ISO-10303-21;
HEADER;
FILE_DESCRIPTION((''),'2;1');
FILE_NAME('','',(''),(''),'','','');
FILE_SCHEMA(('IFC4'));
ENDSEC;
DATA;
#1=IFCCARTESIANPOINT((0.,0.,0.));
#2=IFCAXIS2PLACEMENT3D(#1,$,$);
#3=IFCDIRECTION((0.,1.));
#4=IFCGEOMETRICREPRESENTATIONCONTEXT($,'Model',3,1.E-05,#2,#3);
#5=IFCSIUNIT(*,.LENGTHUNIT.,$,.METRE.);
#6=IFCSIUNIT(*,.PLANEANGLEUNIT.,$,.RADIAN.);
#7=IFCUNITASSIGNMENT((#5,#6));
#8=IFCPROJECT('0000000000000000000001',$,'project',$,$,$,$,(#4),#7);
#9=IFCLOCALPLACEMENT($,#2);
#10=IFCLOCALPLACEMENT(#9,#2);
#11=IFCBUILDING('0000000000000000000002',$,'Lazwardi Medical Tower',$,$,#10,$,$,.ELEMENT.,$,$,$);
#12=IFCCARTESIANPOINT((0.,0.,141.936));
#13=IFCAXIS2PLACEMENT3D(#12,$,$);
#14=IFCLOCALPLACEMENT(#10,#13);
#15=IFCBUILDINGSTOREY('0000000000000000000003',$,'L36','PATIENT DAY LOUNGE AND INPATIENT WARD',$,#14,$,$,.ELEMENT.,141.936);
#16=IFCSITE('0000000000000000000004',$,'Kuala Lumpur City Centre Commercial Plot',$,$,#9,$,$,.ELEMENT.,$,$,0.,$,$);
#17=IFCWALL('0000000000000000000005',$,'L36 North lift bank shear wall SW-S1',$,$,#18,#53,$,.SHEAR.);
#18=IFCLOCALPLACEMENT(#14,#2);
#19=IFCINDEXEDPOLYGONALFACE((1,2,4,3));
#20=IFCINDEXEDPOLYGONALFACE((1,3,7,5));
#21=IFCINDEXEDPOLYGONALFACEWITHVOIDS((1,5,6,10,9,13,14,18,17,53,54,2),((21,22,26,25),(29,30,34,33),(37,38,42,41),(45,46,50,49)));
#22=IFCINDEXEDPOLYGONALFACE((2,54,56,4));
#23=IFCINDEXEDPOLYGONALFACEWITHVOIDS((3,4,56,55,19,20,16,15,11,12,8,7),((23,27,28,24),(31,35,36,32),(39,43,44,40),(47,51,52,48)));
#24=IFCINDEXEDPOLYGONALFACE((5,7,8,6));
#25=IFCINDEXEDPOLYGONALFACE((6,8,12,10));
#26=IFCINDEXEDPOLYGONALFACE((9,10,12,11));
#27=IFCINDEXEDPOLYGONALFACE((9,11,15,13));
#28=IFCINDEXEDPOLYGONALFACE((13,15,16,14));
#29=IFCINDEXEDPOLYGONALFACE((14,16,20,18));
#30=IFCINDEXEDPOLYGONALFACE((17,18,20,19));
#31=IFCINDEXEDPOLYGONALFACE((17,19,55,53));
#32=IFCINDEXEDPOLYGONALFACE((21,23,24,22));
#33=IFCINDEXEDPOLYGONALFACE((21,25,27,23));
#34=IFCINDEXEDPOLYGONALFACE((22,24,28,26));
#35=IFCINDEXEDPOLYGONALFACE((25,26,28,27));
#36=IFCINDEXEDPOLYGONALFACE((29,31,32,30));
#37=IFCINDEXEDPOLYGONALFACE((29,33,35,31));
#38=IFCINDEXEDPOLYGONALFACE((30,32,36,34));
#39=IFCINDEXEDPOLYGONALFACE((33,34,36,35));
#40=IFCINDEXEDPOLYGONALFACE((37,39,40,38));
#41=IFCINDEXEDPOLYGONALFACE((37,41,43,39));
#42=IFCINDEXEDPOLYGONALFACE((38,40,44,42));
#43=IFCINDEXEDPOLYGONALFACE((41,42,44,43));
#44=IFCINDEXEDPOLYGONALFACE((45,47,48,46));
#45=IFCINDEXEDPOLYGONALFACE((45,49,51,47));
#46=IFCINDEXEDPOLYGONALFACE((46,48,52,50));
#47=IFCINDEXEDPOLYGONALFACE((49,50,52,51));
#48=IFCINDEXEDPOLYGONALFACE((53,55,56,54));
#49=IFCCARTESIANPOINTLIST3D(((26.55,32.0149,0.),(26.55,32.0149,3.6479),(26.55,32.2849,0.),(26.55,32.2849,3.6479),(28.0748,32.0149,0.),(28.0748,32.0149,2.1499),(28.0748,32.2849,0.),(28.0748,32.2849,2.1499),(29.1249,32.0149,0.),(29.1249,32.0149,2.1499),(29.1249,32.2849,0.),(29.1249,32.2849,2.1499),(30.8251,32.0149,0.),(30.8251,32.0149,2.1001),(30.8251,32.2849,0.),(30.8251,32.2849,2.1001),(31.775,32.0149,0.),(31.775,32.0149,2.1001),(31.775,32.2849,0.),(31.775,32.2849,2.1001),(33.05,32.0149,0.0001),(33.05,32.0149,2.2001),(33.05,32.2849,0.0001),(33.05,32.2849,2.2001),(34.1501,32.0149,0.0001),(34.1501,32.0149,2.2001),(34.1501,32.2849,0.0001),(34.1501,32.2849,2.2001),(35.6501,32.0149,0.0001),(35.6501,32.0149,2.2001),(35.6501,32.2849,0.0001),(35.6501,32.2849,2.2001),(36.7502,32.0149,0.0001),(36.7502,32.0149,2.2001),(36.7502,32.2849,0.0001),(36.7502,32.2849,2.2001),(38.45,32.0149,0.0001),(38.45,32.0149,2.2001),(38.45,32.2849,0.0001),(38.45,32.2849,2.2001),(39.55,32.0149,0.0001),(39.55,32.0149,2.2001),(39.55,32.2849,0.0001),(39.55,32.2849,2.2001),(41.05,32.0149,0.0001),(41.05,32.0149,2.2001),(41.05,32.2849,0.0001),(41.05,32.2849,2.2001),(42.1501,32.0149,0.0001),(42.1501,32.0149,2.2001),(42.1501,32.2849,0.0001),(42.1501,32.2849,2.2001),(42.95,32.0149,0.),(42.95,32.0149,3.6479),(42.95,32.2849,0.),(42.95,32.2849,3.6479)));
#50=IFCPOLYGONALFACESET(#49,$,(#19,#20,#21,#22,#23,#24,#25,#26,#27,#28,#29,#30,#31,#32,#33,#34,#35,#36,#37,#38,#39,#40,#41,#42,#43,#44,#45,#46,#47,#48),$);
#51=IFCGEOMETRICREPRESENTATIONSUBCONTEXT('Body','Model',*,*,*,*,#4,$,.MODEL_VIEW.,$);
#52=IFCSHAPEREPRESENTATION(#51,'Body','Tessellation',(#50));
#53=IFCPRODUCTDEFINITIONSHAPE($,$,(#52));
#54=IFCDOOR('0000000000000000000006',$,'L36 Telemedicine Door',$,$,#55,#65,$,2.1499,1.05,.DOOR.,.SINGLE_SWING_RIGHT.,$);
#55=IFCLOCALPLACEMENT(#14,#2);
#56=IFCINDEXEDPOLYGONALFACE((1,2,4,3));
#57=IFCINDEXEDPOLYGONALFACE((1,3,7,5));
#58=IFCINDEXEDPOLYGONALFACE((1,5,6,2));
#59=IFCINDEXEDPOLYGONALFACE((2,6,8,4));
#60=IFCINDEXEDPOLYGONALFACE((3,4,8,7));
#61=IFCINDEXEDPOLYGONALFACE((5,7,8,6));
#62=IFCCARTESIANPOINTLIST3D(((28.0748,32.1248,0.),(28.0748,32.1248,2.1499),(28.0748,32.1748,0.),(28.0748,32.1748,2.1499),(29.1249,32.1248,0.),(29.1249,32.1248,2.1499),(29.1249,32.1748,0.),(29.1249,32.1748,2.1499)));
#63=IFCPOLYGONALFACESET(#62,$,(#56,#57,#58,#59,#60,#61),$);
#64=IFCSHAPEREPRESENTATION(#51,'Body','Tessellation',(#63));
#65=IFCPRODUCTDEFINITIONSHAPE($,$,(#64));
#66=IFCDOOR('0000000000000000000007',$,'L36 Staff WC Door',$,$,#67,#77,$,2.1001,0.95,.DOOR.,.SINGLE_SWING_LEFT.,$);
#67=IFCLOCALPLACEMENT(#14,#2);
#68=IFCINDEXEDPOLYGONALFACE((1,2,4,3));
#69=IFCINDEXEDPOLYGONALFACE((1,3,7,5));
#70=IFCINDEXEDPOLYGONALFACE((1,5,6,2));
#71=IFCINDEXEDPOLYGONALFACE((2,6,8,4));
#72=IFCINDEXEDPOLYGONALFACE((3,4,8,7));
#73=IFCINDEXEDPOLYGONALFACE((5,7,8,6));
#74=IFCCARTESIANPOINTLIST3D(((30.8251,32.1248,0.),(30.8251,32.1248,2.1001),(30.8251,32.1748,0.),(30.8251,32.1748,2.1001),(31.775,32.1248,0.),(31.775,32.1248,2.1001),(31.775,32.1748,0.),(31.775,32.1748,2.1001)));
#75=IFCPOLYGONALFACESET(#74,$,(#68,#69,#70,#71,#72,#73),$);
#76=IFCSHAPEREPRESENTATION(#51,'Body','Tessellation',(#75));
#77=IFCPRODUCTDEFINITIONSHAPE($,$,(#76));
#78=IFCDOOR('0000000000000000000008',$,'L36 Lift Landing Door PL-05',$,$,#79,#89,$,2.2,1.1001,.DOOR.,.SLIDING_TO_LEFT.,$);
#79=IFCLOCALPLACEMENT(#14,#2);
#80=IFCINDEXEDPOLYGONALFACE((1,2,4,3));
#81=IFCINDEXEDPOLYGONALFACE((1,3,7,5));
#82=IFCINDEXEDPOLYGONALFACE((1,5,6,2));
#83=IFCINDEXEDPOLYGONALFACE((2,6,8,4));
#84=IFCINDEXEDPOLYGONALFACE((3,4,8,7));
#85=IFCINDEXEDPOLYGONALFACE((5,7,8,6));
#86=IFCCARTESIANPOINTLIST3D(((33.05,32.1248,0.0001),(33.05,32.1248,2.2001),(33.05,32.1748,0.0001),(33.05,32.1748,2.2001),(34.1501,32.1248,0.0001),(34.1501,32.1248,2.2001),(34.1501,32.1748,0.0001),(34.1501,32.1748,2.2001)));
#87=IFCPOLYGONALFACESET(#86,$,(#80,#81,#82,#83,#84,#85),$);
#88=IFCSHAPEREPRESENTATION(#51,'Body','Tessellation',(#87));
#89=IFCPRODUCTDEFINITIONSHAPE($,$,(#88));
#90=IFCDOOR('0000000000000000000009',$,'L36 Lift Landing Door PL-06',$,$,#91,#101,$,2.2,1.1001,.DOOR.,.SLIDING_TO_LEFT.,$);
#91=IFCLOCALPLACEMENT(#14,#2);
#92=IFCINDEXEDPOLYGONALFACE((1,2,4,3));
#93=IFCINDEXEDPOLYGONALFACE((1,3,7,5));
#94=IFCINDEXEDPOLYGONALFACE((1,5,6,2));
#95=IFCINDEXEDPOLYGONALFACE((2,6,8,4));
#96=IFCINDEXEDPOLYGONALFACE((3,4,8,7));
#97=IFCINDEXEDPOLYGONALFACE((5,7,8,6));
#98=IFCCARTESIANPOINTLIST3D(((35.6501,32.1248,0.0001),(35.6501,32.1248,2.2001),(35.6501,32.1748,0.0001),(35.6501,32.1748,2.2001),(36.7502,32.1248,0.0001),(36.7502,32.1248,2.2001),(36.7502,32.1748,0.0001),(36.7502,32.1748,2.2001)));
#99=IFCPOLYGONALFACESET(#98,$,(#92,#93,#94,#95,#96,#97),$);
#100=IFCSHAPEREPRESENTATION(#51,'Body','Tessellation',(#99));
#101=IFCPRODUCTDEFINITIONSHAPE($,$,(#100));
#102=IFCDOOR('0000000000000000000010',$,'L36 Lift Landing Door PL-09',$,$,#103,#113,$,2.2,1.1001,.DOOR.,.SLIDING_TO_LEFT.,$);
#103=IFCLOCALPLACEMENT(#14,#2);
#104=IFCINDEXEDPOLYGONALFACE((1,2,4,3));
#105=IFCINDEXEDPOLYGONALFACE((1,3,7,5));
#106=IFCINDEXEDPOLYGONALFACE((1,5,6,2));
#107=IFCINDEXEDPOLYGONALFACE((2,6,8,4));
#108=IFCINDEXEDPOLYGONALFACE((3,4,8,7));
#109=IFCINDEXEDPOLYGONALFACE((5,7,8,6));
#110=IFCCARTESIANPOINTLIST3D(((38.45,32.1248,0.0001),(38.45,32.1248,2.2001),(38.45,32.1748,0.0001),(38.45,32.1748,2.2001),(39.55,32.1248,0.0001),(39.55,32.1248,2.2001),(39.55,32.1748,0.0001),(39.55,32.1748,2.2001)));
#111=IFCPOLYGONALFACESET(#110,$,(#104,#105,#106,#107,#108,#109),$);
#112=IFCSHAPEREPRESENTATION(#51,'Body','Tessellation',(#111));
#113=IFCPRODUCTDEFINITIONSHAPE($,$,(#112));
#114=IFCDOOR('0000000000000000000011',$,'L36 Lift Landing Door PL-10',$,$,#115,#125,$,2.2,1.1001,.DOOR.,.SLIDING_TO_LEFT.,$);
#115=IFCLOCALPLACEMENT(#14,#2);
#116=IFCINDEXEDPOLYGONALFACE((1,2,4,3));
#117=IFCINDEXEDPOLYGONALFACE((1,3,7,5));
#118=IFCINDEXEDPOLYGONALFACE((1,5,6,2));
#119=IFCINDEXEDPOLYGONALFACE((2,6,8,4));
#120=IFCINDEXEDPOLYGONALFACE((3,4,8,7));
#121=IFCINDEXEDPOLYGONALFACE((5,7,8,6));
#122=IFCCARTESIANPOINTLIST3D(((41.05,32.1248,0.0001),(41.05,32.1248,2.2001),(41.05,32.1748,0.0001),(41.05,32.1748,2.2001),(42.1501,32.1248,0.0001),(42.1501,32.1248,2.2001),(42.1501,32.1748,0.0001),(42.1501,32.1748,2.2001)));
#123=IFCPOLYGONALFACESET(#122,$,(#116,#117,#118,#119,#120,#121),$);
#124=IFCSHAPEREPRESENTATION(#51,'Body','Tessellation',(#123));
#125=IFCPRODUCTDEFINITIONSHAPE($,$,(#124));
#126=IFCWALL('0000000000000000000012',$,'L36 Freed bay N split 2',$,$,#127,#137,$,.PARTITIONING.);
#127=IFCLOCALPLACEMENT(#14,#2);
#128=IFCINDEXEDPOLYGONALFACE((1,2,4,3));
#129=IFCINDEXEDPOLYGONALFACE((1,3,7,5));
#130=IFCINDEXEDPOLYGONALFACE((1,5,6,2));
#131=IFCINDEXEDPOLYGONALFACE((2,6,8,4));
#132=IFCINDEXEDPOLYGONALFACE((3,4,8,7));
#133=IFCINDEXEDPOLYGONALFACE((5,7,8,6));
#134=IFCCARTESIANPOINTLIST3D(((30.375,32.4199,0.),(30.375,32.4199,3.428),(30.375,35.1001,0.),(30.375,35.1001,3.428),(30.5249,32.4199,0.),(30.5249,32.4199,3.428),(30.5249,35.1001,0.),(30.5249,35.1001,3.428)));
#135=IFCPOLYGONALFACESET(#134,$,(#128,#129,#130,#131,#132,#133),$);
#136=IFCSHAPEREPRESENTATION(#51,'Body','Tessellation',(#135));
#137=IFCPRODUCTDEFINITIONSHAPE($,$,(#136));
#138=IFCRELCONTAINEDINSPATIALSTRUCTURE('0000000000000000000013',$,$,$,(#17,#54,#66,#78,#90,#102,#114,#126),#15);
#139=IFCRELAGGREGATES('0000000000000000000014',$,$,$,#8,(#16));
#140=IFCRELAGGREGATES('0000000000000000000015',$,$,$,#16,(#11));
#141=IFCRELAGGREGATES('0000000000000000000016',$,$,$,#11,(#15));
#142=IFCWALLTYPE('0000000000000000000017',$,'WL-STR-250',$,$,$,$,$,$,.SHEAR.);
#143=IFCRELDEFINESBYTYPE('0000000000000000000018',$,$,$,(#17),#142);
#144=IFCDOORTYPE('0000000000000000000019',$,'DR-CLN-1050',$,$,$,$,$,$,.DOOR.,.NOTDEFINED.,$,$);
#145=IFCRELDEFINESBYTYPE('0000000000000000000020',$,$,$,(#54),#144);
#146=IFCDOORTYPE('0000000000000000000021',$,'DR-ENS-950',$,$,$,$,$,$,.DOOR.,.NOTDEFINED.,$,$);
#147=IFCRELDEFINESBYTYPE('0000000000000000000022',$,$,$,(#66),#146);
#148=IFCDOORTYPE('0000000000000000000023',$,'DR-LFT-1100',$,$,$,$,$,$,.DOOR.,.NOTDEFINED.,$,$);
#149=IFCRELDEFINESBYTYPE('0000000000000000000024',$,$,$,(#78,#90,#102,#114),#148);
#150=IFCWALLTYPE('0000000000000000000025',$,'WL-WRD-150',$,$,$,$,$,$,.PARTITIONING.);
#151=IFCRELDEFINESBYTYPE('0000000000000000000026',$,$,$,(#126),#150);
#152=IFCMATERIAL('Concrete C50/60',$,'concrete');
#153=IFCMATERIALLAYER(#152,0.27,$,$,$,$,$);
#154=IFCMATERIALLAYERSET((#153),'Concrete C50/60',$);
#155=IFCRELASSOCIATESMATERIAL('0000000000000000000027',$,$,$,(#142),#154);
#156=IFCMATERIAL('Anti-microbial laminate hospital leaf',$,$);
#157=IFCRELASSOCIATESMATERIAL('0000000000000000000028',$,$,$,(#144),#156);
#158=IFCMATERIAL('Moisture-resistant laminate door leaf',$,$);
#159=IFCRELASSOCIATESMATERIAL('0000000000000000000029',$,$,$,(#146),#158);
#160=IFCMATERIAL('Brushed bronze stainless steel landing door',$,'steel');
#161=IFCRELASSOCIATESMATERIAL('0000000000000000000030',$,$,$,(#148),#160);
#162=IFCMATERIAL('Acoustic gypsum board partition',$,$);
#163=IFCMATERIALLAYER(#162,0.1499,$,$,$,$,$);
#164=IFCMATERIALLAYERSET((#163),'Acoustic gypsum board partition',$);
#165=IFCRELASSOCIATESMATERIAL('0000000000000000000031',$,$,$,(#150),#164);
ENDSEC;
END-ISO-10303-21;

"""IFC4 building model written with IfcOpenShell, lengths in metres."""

from ifc_helpers import new_model, si_unit, direction, frame, frame_2d, origin, place, context, subcontext, project, spatial, rectangle, extrude, material, layer, layer_set, type_object, element, fill, save


model = new_model("IFC4")

# Units and contexts
model_context = context("Model", 3, precision=1e-05, world=origin(), true_north=direction((0.0, 1.0)))
body_context = subcontext(model_context, "Body", "Model", "MODEL_VIEW")
ifc_project = project(units=[si_unit("LENGTHUNIT", "METRE"), si_unit("PLANEANGLEUNIT", "RADIAN")], contexts=[model_context])

# Site, building, storey
site_placement = place(None, origin())
site = spatial("IfcSite", under=ifc_project, at=site_placement, Name="Kuala Lumpur City Centre Commercial Plot", CompositionType="ELEMENT", RefElevation=0.0)
building_placement = place(site_placement, origin())
building = spatial("IfcBuilding", under=site, at=building_placement, Name="Lazwardi Medical Tower", CompositionType="ELEMENT")
storey_placement = place(building_placement, frame((0.0, 0.0, 141.936)))
storey = spatial("IfcBuildingStorey", under=building, at=storey_placement, Name="L36", Description="PATIENT DAY LOUNGE AND INPATIENT WARD", CompositionType="ELEMENT", Elevation=141.936)

# Shared definitions
ifc_material_1 = material(Name="Anti-microbial laminate hospital leaf")

# Shared definitions
ifc_material_2 = material(Name="Concrete C50/60", Category="concrete")
ifc_layer_1 = layer(ifc_material_2, 0.27)
ifc_layer_set_1 = layer_set([ifc_layer_1], Name="Concrete C50/60")
wall_type_1 = type_object("IfcWallType", Name="WL-STR-250", PredefinedType="SHEAR", material=ifc_layer_set_1)

# Wall, openings, doors
wall_1_placement = place(storey_placement, frame((26.55, 32.1499, 0.0), z_axis=(0.0, 0.0, 1.0), x_axis=(1.0, 0.0, 0.0)))
wall_1 = element("IfcWall", 1, at=wall_1_placement, inside=storey, type_object=wall_type_1, Name="L36 North lift bank shear wall SW-S1", PredefinedType="SHEAR", context=body_context, shape_type="SweptSolid", body=[
    extrude(rectangle(XDim=16.3999, YDim=0.27, at=frame_2d((8.2, 0.0))), origin(), (0.0, 0.0, 1.0), 3.6479),
])
opening_1_placement = place(wall_1_placement, frame((1.5249, 0.0, 0.0)))
opening_1 = element("IfcOpeningElement", 2, at=opening_1_placement, cuts=wall_1, PredefinedType="OPENING", context=body_context, shape_type="SweptSolid", body=[
    extrude(rectangle(XDim=1.05, YDim=2.1499, at=frame_2d((0.5249, 1.075))), frame((0.0, 0.145, 0.0), z_axis=(0.0, -1.0, 0.0), x_axis=(1.0, 0.0, 0.0)), (0.0, 0.0, 1.0), 0.29),
])
opening_2_placement = place(wall_1_placement, frame((4.2749, 0.0, 0.0)))
opening_2 = element("IfcOpeningElement", 3, at=opening_2_placement, cuts=wall_1, PredefinedType="OPENING", context=body_context, shape_type="SweptSolid", body=[
    extrude(rectangle(XDim=0.95, YDim=2.1001, at=frame_2d((0.4751, 1.05))), frame((0.0, 0.145, 0.0), z_axis=(0.0, -1.0, 0.0), x_axis=(1.0, 0.0, 0.0)), (0.0, 0.0, 1.0), 0.29),
])
opening_3_placement = place(wall_1_placement, frame((6.5, 0.0, 0.0)))
opening_3 = element("IfcOpeningElement", 4, at=opening_3_placement, cuts=wall_1, PredefinedType="OPENING", context=body_context, shape_type="SweptSolid", body=[
    extrude(rectangle(XDim=1.1001, YDim=2.2, at=frame_2d((0.55, 1.1001))), frame((0.0, 0.145, 0.0), z_axis=(0.0, -1.0, 0.0), x_axis=(1.0, 0.0, 0.0)), (0.0, 0.0, 1.0), 0.29),
])
opening_4_placement = place(wall_1_placement, frame((9.1001, 0.0, 0.0)))
opening_4 = element("IfcOpeningElement", 5, at=opening_4_placement, cuts=wall_1, PredefinedType="OPENING", context=body_context, shape_type="SweptSolid", body=[
    extrude(rectangle(XDim=1.1001, YDim=2.2, at=frame_2d((0.55, 1.1001))), frame((0.0, 0.145, 0.0), z_axis=(0.0, -1.0, 0.0), x_axis=(1.0, 0.0, 0.0)), (0.0, 0.0, 1.0), 0.29),
])
opening_5_placement = place(wall_1_placement, frame((11.8999, 0.0, 0.0)))
opening_5 = element("IfcOpeningElement", 6, at=opening_5_placement, cuts=wall_1, PredefinedType="OPENING", context=body_context, shape_type="SweptSolid", body=[
    extrude(rectangle(XDim=1.1001, YDim=2.2, at=frame_2d((0.55, 1.1001))), frame((0.0, 0.145, 0.0), z_axis=(0.0, -1.0, 0.0), x_axis=(1.0, 0.0, 0.0)), (0.0, 0.0, 1.0), 0.29),
])
opening_6_placement = place(wall_1_placement, frame((14.5, 0.0, 0.0)))
opening_6 = element("IfcOpeningElement", 7, at=opening_6_placement, cuts=wall_1, PredefinedType="OPENING", context=body_context, shape_type="SweptSolid", body=[
    extrude(rectangle(XDim=1.1001, YDim=2.2, at=frame_2d((0.55, 1.1001))), frame((0.0, 0.145, 0.0), z_axis=(0.0, -1.0, 0.0), x_axis=(1.0, 0.0, 0.0)), (0.0, 0.0, 1.0), 0.29),
])
door_type_1 = type_object("IfcDoorType", Name="DR-CLN-1050", OperationType="NOTDEFINED", PredefinedType="DOOR", material=ifc_material_1)
door_1_placement = place(opening_1_placement, origin())
door_1 = element("IfcDoor", 8, at=door_1_placement, inside=storey, type_object=door_type_1, Name="L36 Telemedicine Door", OperationType="SINGLE_SWING_RIGHT", OverallHeight=2.1499, OverallWidth=1.05, PredefinedType="DOOR", context=body_context, shape_type="SweptSolid", body=[
    extrude(rectangle(XDim=1.05, YDim=2.1499, at=frame_2d((0.5249, 1.075))), frame((0.0, 0.0249, 0.0), z_axis=(0.0, -1.0, 0.0), x_axis=(1.0, 0.0, 0.0)), (0.0, 0.0, 1.0), 0.05),
])
fill(opening_1, door_1)
ifc_material_3 = material(Name="Moisture-resistant laminate door leaf")
door_type_2 = type_object("IfcDoorType", Name="DR-ENS-950", OperationType="NOTDEFINED", PredefinedType="DOOR", material=ifc_material_3)
door_2_placement = place(opening_2_placement, origin())
door_2 = element("IfcDoor", 9, at=door_2_placement, inside=storey, type_object=door_type_2, Name="L36 Staff WC Door", OperationType="SINGLE_SWING_LEFT", OverallHeight=2.1001, OverallWidth=0.95, PredefinedType="DOOR", context=body_context, shape_type="SweptSolid", body=[
    extrude(rectangle(XDim=0.95, YDim=2.1001, at=frame_2d((0.4751, 1.05))), frame((0.0, 0.0249, 0.0), z_axis=(0.0, -1.0, 0.0), x_axis=(1.0, 0.0, 0.0)), (0.0, 0.0, 1.0), 0.05),
])
fill(opening_2, door_2)
ifc_material_4 = material(Name="Brushed bronze stainless steel landing door", Category="steel")
door_type_3 = type_object("IfcDoorType", Name="DR-LFT-1100", OperationType="NOTDEFINED", PredefinedType="DOOR", material=ifc_material_4)
door_3_placement = place(opening_3_placement, origin())
door_3 = element("IfcDoor", 10, at=door_3_placement, inside=storey, type_object=door_type_3, Name="L36 Lift Landing Door PL-05", OperationType="SLIDING_TO_LEFT", OverallHeight=2.2, OverallWidth=1.1001, PredefinedType="DOOR", context=body_context, shape_type="SweptSolid", body=[
    extrude(rectangle(XDim=1.1001, YDim=2.2, at=frame_2d((0.55, 1.1001))), frame((0.0, 0.0249, 0.0), z_axis=(0.0, -1.0, 0.0), x_axis=(1.0, 0.0, 0.0)), (0.0, 0.0, 1.0), 0.05),
])
fill(opening_3, door_3)
door_4_placement = place(opening_4_placement, origin())
door_4 = element("IfcDoor", 11, at=door_4_placement, inside=storey, type_object=door_type_3, Name="L36 Lift Landing Door PL-06", OperationType="SLIDING_TO_LEFT", OverallHeight=2.2, OverallWidth=1.1001, PredefinedType="DOOR", context=body_context, shape_type="SweptSolid", body=[
    extrude(rectangle(XDim=1.1001, YDim=2.2, at=frame_2d((0.55, 1.1001))), frame((0.0, 0.0249, 0.0), z_axis=(0.0, -1.0, 0.0), x_axis=(1.0, 0.0, 0.0)), (0.0, 0.0, 1.0), 0.05),
])
fill(opening_4, door_4)
door_5_placement = place(opening_5_placement, origin())
door_5 = element("IfcDoor", 12, at=door_5_placement, inside=storey, type_object=door_type_3, Name="L36 Lift Landing Door PL-09", OperationType="SLIDING_TO_LEFT", OverallHeight=2.2, OverallWidth=1.1001, PredefinedType="DOOR", context=body_context, shape_type="SweptSolid", body=[
    extrude(rectangle(XDim=1.1001, YDim=2.2, at=frame_2d((0.55, 1.1001))), frame((0.0, 0.0249, 0.0), z_axis=(0.0, -1.0, 0.0), x_axis=(1.0, 0.0, 0.0)), (0.0, 0.0, 1.0), 0.05),
])
fill(opening_5, door_5)
door_6_placement = place(opening_6_placement, origin())
door_6 = element("IfcDoor", 13, at=door_6_placement, inside=storey, type_object=door_type_3, Name="L36 Lift Landing Door PL-10", OperationType="SLIDING_TO_LEFT", OverallHeight=2.2, OverallWidth=1.1001, PredefinedType="DOOR", context=body_context, shape_type="SweptSolid", body=[
    extrude(rectangle(XDim=1.1001, YDim=2.2, at=frame_2d((0.55, 1.1001))), frame((0.0, 0.0249, 0.0), z_axis=(0.0, -1.0, 0.0), x_axis=(1.0, 0.0, 0.0)), (0.0, 0.0, 1.0), 0.05),
])
fill(opening_6, door_6)

# Wall
ifc_material_5 = material(Name="Acoustic gypsum board partition")
ifc_layer_2 = layer(ifc_material_5, 0.1499)
ifc_layer_set_2 = layer_set([ifc_layer_2], Name="Acoustic gypsum board partition")
wall_type_2 = type_object("IfcWallType", Name="WL-WRD-150", PredefinedType="PARTITIONING", material=ifc_layer_set_2)
wall_2_placement = place(storey_placement, frame((30.45, 32.4199, 0.0), z_axis=(0.0, 0.0, 1.0), x_axis=(0.0, 1.0, 0.0)))
element("IfcWall", 14, at=wall_2_placement, inside=storey, type_object=wall_type_2, Name="L36 Freed bay N split 2", PredefinedType="PARTITIONING", context=body_context, shape_type="SweptSolid", body=[
    extrude(rectangle(XDim=2.6802, YDim=0.1499, at=frame_2d((1.3401, 0.0))), origin(), (0.0, 0.0, 1.0), 3.428),
])

save(model, "model.ifc")
